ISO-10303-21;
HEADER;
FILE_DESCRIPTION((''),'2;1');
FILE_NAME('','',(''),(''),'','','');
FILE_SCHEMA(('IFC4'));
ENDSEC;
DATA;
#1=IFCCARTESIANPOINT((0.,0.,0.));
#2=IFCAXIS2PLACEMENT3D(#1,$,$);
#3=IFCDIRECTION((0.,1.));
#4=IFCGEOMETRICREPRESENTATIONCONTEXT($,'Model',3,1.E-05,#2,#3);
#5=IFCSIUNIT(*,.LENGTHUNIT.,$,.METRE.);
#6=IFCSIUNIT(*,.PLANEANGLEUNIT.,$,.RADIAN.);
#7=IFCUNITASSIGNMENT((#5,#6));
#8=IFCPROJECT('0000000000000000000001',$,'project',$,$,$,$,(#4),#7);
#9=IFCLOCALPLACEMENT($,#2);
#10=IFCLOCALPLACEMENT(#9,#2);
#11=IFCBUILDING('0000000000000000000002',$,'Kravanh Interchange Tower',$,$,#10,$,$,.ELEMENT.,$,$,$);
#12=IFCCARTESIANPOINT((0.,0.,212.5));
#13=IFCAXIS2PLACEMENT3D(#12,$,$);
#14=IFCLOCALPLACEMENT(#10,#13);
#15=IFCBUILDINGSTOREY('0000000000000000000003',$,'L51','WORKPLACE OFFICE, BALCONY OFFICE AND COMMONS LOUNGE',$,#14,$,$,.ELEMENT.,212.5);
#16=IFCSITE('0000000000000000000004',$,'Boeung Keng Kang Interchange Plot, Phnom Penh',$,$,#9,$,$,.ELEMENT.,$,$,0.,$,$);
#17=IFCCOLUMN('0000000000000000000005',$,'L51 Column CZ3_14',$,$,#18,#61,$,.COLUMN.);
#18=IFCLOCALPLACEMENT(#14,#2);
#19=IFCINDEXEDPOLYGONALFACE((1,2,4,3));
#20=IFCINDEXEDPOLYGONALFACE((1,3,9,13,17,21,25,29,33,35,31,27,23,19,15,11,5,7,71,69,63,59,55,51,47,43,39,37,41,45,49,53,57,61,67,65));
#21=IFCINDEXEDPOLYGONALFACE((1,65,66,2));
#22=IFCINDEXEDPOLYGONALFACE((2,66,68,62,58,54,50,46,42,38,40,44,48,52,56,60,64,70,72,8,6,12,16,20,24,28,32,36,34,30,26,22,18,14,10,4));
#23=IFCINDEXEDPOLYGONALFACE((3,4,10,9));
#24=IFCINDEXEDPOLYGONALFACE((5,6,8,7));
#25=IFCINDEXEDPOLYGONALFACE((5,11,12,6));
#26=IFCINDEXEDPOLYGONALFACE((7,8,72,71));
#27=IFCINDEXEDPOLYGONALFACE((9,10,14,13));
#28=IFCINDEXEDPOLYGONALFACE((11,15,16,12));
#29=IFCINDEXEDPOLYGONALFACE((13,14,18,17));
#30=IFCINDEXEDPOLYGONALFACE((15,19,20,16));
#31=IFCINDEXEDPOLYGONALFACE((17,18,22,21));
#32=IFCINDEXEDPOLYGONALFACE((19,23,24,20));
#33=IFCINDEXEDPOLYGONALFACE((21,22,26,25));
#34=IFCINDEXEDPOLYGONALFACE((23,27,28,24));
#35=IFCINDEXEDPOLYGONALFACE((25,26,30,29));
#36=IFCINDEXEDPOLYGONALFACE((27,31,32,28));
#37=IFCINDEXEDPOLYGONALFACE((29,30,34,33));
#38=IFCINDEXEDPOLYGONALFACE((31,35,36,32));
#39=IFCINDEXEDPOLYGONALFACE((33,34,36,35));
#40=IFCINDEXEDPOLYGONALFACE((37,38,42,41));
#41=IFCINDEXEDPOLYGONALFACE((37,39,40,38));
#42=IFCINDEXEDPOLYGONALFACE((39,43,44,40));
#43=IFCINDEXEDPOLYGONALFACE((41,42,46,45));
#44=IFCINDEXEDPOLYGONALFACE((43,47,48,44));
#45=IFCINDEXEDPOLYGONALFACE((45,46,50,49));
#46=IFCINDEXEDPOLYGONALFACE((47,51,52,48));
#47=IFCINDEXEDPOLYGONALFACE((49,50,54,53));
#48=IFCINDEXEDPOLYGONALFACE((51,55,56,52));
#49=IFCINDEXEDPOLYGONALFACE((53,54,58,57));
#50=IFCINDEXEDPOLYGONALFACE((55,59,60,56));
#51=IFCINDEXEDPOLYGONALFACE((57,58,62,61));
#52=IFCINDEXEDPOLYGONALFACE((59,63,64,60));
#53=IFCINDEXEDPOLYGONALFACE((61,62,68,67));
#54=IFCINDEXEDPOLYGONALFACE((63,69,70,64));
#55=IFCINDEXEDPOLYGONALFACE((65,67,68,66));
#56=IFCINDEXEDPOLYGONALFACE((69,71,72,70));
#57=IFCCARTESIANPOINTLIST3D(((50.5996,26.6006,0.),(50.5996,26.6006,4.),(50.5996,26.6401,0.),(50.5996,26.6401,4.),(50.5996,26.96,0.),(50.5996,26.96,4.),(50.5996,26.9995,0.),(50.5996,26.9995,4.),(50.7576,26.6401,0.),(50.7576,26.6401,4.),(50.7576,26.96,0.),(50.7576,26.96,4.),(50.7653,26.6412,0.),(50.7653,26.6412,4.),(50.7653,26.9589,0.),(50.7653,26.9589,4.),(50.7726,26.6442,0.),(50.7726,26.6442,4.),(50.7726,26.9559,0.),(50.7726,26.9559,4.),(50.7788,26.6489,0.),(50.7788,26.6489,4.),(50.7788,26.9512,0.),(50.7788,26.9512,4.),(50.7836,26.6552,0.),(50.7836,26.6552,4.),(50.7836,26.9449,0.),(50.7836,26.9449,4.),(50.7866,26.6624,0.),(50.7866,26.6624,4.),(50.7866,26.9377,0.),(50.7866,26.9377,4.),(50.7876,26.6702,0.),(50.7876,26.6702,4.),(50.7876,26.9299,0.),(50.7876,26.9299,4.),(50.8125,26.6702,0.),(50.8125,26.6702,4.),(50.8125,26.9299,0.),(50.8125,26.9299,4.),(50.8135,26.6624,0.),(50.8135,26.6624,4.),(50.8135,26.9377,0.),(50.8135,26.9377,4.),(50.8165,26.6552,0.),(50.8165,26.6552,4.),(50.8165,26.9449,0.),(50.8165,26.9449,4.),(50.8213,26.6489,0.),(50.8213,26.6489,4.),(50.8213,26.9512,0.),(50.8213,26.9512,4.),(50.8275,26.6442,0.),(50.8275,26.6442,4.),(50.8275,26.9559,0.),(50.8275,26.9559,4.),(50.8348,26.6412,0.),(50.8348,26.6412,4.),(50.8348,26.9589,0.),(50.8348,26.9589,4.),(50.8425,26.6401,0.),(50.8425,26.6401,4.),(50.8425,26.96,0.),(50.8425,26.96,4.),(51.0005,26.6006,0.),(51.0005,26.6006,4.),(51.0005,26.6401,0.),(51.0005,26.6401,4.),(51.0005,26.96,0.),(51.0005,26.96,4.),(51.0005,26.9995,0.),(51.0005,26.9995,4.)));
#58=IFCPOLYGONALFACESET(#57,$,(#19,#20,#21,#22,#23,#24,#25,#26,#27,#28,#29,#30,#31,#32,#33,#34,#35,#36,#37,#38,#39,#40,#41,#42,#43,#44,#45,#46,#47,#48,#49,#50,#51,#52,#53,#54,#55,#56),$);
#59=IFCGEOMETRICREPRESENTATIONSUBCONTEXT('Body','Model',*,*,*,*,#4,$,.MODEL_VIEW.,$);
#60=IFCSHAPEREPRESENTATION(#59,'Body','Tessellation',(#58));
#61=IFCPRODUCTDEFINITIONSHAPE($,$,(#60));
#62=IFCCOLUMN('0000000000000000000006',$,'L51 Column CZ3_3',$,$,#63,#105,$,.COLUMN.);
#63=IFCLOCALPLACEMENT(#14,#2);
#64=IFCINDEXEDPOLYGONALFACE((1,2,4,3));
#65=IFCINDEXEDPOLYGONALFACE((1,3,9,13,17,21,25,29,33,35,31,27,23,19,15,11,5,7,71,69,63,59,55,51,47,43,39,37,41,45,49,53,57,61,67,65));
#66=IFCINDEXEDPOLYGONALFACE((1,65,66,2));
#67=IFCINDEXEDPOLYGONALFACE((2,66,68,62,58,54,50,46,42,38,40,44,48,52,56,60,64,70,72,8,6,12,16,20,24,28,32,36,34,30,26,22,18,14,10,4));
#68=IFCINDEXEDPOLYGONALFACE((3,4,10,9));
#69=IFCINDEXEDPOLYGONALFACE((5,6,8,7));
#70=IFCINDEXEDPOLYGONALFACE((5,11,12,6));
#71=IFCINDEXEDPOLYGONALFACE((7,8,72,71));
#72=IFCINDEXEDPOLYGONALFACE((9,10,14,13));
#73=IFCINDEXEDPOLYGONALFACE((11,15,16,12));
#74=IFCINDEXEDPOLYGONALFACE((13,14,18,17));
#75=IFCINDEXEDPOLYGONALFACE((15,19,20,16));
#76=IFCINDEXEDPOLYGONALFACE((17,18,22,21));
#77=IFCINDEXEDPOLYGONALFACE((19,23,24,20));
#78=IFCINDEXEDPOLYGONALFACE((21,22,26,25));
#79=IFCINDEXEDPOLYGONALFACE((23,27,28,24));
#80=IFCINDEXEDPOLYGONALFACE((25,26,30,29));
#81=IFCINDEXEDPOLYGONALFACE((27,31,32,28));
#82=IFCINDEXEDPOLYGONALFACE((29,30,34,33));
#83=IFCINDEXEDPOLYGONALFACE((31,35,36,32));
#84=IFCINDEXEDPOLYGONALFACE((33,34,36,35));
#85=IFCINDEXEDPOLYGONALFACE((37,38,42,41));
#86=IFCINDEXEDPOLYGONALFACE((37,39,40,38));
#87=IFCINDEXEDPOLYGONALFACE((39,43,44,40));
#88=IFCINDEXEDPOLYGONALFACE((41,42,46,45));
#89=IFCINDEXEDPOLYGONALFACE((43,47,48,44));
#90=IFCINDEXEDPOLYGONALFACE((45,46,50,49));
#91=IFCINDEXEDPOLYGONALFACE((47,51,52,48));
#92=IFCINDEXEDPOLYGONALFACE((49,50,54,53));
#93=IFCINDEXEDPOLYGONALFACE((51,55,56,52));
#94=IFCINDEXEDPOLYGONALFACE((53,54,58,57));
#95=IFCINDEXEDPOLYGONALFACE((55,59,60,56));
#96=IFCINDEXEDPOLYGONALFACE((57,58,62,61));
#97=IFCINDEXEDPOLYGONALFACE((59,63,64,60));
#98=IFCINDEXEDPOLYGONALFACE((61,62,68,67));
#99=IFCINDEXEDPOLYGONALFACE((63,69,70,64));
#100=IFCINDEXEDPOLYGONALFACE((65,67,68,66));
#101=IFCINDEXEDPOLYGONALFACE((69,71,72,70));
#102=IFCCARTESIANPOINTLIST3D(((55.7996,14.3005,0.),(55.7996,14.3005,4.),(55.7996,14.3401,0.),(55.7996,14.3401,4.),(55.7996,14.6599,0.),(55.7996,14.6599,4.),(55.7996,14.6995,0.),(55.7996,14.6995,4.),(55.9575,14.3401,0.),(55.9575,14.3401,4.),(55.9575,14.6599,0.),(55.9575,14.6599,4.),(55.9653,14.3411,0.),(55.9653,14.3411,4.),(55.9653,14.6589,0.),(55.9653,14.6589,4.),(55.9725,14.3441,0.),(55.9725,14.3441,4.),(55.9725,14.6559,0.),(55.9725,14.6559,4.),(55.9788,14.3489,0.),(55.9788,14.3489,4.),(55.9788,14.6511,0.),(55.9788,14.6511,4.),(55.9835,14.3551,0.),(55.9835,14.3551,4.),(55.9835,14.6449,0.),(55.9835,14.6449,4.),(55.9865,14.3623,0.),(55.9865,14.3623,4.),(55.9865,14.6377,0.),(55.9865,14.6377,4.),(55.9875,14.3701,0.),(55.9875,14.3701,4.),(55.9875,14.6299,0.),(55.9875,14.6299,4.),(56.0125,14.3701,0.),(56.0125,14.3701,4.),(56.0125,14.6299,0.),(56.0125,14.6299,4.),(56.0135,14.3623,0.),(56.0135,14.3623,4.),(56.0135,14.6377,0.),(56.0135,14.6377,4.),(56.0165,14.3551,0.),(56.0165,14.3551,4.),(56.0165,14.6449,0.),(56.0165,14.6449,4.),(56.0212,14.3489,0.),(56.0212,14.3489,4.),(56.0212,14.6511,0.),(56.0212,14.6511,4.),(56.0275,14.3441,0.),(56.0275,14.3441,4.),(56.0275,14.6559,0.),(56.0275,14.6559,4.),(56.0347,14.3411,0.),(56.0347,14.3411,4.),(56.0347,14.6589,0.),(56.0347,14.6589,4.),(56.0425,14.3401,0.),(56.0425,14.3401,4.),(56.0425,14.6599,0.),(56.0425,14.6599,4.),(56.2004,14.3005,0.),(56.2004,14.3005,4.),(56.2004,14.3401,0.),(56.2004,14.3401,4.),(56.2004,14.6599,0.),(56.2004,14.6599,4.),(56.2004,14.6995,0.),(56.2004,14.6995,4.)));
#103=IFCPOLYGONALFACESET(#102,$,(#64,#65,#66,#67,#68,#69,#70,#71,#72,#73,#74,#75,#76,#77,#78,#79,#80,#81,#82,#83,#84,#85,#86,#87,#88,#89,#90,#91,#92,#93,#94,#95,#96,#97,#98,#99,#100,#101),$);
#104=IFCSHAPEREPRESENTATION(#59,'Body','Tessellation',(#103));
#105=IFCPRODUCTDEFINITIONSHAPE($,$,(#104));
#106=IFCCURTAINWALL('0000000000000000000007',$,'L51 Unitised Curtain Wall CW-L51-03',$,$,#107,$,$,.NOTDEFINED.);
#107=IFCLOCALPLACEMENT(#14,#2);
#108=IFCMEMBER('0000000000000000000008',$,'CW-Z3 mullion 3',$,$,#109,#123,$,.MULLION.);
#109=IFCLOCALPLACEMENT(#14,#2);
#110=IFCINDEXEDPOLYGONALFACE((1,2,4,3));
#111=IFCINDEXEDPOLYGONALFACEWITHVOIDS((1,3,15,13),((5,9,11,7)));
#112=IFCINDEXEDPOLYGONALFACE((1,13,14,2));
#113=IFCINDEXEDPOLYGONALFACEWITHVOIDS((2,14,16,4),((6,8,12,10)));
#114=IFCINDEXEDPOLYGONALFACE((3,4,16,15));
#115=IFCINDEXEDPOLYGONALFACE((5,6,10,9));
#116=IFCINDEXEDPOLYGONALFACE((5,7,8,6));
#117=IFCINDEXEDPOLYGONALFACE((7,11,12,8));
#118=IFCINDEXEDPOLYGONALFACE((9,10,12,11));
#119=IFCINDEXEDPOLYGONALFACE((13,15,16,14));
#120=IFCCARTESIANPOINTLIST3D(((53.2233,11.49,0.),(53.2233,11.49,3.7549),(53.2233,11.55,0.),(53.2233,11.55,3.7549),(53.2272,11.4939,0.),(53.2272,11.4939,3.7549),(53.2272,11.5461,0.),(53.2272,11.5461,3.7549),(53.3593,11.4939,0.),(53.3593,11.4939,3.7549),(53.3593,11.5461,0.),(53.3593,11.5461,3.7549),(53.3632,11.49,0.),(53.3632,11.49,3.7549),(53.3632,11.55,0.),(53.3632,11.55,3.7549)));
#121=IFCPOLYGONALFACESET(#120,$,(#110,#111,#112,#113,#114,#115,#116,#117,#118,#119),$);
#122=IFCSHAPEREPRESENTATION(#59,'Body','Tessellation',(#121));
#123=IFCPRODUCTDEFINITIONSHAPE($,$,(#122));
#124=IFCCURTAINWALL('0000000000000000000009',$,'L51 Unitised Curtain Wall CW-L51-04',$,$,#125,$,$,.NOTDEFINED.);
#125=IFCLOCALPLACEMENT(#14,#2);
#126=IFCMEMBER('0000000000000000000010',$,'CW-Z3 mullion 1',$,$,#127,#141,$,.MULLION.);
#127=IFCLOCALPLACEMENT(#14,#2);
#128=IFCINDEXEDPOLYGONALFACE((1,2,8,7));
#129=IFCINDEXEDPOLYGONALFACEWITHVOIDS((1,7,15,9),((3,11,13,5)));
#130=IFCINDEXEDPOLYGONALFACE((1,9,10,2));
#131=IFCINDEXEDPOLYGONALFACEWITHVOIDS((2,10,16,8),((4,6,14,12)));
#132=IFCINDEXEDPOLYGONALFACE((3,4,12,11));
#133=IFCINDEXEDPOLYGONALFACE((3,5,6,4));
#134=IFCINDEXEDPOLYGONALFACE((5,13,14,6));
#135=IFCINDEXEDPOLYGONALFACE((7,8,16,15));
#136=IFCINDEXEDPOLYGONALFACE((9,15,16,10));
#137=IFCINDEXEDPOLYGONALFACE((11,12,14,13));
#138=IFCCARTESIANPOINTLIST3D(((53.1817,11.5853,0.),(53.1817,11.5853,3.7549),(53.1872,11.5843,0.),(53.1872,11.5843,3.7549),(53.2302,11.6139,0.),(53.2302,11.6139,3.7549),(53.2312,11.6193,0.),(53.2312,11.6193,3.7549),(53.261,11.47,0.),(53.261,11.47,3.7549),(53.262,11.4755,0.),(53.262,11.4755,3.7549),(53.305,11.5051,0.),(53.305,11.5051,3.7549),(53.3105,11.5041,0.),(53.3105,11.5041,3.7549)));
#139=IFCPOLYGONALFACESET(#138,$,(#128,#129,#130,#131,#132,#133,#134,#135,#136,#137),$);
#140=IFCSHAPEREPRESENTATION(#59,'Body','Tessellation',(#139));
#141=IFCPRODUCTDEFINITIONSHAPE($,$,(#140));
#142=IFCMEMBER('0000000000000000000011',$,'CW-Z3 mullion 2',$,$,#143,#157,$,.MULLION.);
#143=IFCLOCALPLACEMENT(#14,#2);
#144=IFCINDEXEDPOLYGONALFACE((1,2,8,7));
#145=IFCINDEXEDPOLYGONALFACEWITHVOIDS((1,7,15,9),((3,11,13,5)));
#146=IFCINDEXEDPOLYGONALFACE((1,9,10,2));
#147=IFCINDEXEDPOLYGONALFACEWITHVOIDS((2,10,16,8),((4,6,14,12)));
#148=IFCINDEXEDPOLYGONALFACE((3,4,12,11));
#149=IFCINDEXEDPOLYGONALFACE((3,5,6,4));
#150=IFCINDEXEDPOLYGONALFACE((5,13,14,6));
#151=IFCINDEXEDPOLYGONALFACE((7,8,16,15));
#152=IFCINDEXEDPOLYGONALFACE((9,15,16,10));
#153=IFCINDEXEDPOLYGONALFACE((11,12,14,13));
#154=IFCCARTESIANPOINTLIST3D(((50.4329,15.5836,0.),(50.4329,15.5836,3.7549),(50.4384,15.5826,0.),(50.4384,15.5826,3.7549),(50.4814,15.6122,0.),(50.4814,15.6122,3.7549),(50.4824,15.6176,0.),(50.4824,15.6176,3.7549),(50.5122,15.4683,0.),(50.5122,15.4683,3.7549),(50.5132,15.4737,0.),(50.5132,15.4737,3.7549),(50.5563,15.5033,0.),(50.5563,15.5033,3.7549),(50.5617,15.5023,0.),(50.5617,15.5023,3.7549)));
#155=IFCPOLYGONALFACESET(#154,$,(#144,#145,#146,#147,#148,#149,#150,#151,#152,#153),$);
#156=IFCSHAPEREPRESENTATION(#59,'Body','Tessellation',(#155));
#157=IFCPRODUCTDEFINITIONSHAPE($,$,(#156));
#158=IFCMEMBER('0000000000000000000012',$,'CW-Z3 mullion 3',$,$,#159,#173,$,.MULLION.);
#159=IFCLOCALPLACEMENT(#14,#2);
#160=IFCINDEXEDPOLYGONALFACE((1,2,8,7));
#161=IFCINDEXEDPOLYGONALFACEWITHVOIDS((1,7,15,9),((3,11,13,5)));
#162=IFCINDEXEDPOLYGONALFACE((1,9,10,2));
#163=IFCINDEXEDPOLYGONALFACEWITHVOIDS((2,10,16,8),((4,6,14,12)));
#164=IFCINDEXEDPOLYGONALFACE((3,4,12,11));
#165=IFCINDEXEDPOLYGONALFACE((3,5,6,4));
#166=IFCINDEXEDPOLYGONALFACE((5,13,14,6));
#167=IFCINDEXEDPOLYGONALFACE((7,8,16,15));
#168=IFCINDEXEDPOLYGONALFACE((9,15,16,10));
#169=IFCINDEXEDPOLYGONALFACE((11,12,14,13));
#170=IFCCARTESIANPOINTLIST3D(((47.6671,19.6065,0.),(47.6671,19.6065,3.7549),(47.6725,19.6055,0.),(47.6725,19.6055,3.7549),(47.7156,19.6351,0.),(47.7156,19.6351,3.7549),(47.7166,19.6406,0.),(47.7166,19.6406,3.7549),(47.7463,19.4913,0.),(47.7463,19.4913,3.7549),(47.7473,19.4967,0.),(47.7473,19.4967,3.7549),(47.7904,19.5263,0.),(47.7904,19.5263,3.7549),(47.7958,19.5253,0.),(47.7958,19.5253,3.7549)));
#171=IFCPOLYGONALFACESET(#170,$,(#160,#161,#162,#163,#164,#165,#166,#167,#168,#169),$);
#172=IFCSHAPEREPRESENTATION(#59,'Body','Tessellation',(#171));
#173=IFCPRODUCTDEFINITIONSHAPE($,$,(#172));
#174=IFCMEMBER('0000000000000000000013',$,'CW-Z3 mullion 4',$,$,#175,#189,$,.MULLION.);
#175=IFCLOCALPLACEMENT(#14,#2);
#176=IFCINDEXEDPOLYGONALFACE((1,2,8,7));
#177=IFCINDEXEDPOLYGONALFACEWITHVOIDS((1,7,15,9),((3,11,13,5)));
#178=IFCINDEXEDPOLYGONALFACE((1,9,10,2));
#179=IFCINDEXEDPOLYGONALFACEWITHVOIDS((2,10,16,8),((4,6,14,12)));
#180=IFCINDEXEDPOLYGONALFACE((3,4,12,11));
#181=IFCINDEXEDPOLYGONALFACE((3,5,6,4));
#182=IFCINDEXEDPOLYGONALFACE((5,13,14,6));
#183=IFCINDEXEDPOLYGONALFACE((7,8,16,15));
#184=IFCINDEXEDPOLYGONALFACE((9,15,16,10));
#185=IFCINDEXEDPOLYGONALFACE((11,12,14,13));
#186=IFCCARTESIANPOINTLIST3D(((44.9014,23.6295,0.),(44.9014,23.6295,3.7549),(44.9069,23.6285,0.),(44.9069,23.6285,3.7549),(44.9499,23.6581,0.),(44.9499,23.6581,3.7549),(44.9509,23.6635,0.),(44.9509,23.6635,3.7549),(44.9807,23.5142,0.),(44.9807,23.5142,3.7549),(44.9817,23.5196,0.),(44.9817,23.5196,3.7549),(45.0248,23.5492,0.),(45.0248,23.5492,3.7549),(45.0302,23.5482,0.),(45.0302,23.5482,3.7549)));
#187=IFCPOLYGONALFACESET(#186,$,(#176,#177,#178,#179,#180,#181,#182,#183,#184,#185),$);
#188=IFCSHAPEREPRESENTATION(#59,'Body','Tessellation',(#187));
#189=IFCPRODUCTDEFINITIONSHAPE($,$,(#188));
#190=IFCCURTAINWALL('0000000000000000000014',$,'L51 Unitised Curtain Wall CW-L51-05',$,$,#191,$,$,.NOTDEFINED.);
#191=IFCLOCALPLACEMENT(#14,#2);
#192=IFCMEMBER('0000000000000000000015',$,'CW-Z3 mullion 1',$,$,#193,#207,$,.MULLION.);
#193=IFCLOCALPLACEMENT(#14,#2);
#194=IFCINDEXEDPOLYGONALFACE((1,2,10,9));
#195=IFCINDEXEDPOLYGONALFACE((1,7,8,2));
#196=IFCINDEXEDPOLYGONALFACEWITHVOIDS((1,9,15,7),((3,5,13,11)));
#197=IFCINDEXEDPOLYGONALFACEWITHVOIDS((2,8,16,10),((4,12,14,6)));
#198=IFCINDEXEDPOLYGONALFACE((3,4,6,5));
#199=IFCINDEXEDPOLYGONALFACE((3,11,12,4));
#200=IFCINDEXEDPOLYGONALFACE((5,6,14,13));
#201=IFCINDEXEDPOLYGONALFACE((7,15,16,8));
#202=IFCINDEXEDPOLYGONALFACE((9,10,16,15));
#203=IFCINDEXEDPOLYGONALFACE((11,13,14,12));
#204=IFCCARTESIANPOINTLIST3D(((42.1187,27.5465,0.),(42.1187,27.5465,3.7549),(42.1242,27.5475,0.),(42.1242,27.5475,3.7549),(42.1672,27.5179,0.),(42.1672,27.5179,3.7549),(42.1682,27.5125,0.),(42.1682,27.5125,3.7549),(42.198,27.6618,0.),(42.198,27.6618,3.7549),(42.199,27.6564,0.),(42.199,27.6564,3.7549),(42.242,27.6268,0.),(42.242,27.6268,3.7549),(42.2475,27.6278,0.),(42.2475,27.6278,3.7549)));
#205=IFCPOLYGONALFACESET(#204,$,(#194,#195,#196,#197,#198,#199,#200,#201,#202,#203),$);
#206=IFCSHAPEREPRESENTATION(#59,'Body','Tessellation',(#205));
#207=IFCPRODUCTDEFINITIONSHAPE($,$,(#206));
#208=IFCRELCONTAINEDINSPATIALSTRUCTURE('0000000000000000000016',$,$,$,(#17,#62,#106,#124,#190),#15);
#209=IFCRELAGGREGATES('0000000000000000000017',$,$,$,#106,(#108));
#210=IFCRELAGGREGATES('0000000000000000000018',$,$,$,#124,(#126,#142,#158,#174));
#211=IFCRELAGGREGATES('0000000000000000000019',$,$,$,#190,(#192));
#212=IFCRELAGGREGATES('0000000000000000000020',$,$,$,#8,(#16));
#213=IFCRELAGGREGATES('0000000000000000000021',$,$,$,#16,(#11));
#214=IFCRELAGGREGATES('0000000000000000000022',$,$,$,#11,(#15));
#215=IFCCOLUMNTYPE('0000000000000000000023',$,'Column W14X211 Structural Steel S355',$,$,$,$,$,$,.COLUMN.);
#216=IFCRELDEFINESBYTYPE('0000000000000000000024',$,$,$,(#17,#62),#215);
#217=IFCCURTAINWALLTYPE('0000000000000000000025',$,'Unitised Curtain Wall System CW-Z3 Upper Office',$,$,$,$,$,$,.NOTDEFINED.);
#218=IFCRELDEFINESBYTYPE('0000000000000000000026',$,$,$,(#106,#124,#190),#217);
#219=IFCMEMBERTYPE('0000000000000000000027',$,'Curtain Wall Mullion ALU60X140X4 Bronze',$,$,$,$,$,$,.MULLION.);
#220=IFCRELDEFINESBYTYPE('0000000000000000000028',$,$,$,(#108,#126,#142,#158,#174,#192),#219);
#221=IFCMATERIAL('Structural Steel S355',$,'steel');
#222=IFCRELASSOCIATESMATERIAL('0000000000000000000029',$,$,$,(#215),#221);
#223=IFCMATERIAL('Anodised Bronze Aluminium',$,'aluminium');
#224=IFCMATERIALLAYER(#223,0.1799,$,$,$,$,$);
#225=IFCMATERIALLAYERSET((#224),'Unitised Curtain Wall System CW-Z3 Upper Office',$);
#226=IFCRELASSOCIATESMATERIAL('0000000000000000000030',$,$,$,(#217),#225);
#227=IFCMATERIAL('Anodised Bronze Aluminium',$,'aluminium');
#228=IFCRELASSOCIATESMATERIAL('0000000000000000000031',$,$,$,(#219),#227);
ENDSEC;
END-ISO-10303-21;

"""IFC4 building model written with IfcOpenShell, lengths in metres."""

from ifc_helpers import new_model, si_unit, direction, frame, origin, origin_2d, place, context, subcontext, project, spatial, hollow_rectangle, i_section, extrude, material, layer, layer_set, material_profile, profile_set, type_object, element, aggregate, save


model = new_model("IFC4")

# Units and contexts
model_context = context("Model", 3, precision=1e-05, world=origin(), true_north=direction((0.0, 1.0)))
body_context = subcontext(model_context, "Body", "Model", "MODEL_VIEW")
ifc_project = project(units=[si_unit("LENGTHUNIT", "METRE"), si_unit("PLANEANGLEUNIT", "RADIAN")], contexts=[model_context])

# Site, building, storey
site_placement = place(None, origin())
site = spatial("IfcSite", under=ifc_project, at=site_placement, Name="Boeung Keng Kang Interchange Plot, Phnom Penh", CompositionType="ELEMENT", RefElevation=0.0)
building_placement = place(site_placement, origin())
building = spatial("IfcBuilding", under=site, at=building_placement, Name="Kravanh Interchange Tower", CompositionType="ELEMENT")
storey_placement = place(building_placement, frame((0.0, 0.0, 212.5)))
storey = spatial("IfcBuildingStorey", under=building, at=storey_placement, Name="L51", Description="WORKPLACE OFFICE, BALCONY OFFICE AND COMMONS LOUNGE", CompositionType="ELEMENT", Elevation=212.5)

# Columns
ifc_material_1 = material(Name="Structural Steel S355", Category="steel")
ifc_material_profile_1 = material_profile(ifc_material_1, i_section(OverallWidth=0.4009, OverallDepth=0.3989, WebThickness=0.0249, FlangeThickness=0.0396, FilletRadius=0.03, at=origin_2d()), Name="W14X211")
ifc_profile_set_1 = profile_set([ifc_material_profile_1], Name="Structural Steel S355")
column_type = type_object("IfcColumnType", Name="Column W14X211 Structural Steel S355", PredefinedType="COLUMN", material=ifc_profile_set_1)
for number, where, z_axis, x_axis, name in (
    (1, (50.8, 26.8, 0.0), (0.0, 0.0, 1.0), (1.0, 0.0, 0.0), "L51 Column CZ3_14"),
    (2, (56.0, 14.5, 0.0), (0.0, 0.0, 1.0), (1.0, 0.0, 0.0), "L51 Column CZ3_3"),
):
    element("IfcColumn", number, at=place(storey_placement, frame(where, z_axis=z_axis, x_axis=x_axis)), inside=storey, type_object=column_type, Name=name, PredefinedType="COLUMN", context=body_context, shape_type="SweptSolid", body=[
        extrude(i_section(OverallWidth=0.4009, OverallDepth=0.3989, WebThickness=0.0249, FlangeThickness=0.0396, FilletRadius=0.03, at=origin_2d()), origin(), (0.0, 0.0, 1.0), 4.0),
    ])

# Curtain wall, member
ifc_material_2 = material(Name="Anodised Bronze Aluminium", Category="aluminium")
ifc_layer_1 = layer(ifc_material_2, 0.1799)
ifc_layer_set_1 = layer_set([ifc_layer_1], Name="Unitised Curtain Wall System CW-Z3 Upper Office")
curtain_wall_type = type_object("IfcCurtainWallType", Name="Unitised Curtain Wall System CW-Z3 Upper Office", PredefinedType="NOTDEFINED", material=ifc_layer_set_1)
curtain_wall_1_placement = place(storey_placement, origin())
curtain_wall_1 = element("IfcCurtainWall", 3, at=curtain_wall_1_placement, inside=storey, type_object=curtain_wall_type, Name="L51 Unitised Curtain Wall CW-L51-03", PredefinedType="NOTDEFINED")
ifc_material_3 = material(Name="Anodised Bronze Aluminium", Category="aluminium")
ifc_material_profile_2 = material_profile(ifc_material_3, hollow_rectangle(XDim=0.0601, YDim=0.1399, WallThickness=0.0039, at=origin_2d()), Name="ALU60X140X4")
ifc_profile_set_2 = profile_set([ifc_material_profile_2], Name="Anodised Bronze Aluminium")
member_type_1 = type_object("IfcMemberType", Name="Curtain Wall Mullion ALU60X140X4 Bronze", PredefinedType="MULLION", material=ifc_profile_set_2)
member_1_placement = place(storey_placement, frame((53.2932, 11.52, 0.0), z_axis=(0.0, 0.0, 1.0), x_axis=(0.0, -1.0, 0.0)))
member_1 = element("IfcMember", 4, at=member_1_placement, type_object=member_type_1, Name="CW-Z3 mullion 3", PredefinedType="MULLION", context=body_context, shape_type="SweptSolid", body=[
    extrude(hollow_rectangle(XDim=0.0601, YDim=0.1399, WallThickness=0.0039, at=origin_2d()), origin(), (0.0, 0.0, 1.0), 3.7549),
])

# Curtain walls, members
curtain_wall_2_placement = place(storey_placement, origin())
curtain_wall_2 = element("IfcCurtainWall", 5, at=curtain_wall_2_placement, inside=storey, type_object=curtain_wall_type, Name="L51 Unitised Curtain Wall CW-L51-04", PredefinedType="NOTDEFINED")
member_2_placement = place(storey_placement, frame((53.2461, 11.5447, 0.0), z_axis=(0.0, 0.0, 1.0), x_axis=(-0.824042, -0.566528, 0.0)))
member_2 = element("IfcMember", 6, at=member_2_placement, type_object=member_type_1, Name="CW-Z3 mullion 1", PredefinedType="MULLION", context=body_context, shape_type="SweptSolid", body=[
    extrude(hollow_rectangle(XDim=0.0601, YDim=0.1399, WallThickness=0.0039, at=origin_2d()), origin(), (0.0, 0.0, 1.0), 3.7549),
])
member_3_placement = place(storey_placement, frame((50.4973, 15.543, 0.0), z_axis=(0.0, 0.0, 1.0), x_axis=(-0.824042, -0.566528, 0.0)))
member_3 = element("IfcMember", 7, at=member_3_placement, type_object=member_type_1, Name="CW-Z3 mullion 2", PredefinedType="MULLION", context=body_context, shape_type="SweptSolid", body=[
    extrude(hollow_rectangle(XDim=0.0601, YDim=0.1399, WallThickness=0.0039, at=origin_2d()), origin(), (0.0, 0.0, 1.0), 3.7549),
])
member_4_placement = place(storey_placement, frame((47.7314, 19.5659, 0.0), z_axis=(0.0, 0.0, 1.0), x_axis=(-0.824042, -0.566528, 0.0)))
member_4 = element("IfcMember", 8, at=member_4_placement, type_object=member_type_1, Name="CW-Z3 mullion 3", PredefinedType="MULLION", context=body_context, shape_type="SweptSolid", body=[
    extrude(hollow_rectangle(XDim=0.0601, YDim=0.1399, WallThickness=0.0039, at=origin_2d()), origin(), (0.0, 0.0, 1.0), 3.7549),
])
member_5_placement = place(storey_placement, frame((44.9658, 23.5889, 0.0), z_axis=(0.0, 0.0, 1.0), x_axis=(-0.824042, -0.566528, 0.0)))
member_5 = element("IfcMember", 9, at=member_5_placement, type_object=member_type_1, Name="CW-Z3 mullion 4", PredefinedType="MULLION", context=body_context, shape_type="SweptSolid", body=[
    extrude(hollow_rectangle(XDim=0.0601, YDim=0.1399, WallThickness=0.0039, at=origin_2d()), origin(), (0.0, 0.0, 1.0), 3.7549),
])
curtain_wall_3_placement = place(storey_placement, origin())
curtain_wall_3 = element("IfcCurtainWall", 10, at=curtain_wall_3_placement, inside=storey, type_object=curtain_wall_type, Name="L51 Unitised Curtain Wall CW-L51-05", PredefinedType="NOTDEFINED")
member_6_placement = place(storey_placement, frame((42.1831, 27.5872, 0.0), z_axis=(0.0, 0.0, 1.0), x_axis=(0.824042, -0.566528, 0.0)))
member_6 = element("IfcMember", 11, at=member_6_placement, type_object=member_type_1, Name="CW-Z3 mullion 1", PredefinedType="MULLION", context=body_context, shape_type="SweptSolid", body=[
    extrude(hollow_rectangle(XDim=0.0601, YDim=0.1399, WallThickness=0.0039, at=origin_2d()), origin(), (0.0, 0.0, 1.0), 3.7549),
])

aggregate(curtain_wall_1, [member_1])
aggregate(curtain_wall_2, [member_2, member_3, member_4, member_5])
aggregate(curtain_wall_3, [member_6])

save(model, "model.ifc")
